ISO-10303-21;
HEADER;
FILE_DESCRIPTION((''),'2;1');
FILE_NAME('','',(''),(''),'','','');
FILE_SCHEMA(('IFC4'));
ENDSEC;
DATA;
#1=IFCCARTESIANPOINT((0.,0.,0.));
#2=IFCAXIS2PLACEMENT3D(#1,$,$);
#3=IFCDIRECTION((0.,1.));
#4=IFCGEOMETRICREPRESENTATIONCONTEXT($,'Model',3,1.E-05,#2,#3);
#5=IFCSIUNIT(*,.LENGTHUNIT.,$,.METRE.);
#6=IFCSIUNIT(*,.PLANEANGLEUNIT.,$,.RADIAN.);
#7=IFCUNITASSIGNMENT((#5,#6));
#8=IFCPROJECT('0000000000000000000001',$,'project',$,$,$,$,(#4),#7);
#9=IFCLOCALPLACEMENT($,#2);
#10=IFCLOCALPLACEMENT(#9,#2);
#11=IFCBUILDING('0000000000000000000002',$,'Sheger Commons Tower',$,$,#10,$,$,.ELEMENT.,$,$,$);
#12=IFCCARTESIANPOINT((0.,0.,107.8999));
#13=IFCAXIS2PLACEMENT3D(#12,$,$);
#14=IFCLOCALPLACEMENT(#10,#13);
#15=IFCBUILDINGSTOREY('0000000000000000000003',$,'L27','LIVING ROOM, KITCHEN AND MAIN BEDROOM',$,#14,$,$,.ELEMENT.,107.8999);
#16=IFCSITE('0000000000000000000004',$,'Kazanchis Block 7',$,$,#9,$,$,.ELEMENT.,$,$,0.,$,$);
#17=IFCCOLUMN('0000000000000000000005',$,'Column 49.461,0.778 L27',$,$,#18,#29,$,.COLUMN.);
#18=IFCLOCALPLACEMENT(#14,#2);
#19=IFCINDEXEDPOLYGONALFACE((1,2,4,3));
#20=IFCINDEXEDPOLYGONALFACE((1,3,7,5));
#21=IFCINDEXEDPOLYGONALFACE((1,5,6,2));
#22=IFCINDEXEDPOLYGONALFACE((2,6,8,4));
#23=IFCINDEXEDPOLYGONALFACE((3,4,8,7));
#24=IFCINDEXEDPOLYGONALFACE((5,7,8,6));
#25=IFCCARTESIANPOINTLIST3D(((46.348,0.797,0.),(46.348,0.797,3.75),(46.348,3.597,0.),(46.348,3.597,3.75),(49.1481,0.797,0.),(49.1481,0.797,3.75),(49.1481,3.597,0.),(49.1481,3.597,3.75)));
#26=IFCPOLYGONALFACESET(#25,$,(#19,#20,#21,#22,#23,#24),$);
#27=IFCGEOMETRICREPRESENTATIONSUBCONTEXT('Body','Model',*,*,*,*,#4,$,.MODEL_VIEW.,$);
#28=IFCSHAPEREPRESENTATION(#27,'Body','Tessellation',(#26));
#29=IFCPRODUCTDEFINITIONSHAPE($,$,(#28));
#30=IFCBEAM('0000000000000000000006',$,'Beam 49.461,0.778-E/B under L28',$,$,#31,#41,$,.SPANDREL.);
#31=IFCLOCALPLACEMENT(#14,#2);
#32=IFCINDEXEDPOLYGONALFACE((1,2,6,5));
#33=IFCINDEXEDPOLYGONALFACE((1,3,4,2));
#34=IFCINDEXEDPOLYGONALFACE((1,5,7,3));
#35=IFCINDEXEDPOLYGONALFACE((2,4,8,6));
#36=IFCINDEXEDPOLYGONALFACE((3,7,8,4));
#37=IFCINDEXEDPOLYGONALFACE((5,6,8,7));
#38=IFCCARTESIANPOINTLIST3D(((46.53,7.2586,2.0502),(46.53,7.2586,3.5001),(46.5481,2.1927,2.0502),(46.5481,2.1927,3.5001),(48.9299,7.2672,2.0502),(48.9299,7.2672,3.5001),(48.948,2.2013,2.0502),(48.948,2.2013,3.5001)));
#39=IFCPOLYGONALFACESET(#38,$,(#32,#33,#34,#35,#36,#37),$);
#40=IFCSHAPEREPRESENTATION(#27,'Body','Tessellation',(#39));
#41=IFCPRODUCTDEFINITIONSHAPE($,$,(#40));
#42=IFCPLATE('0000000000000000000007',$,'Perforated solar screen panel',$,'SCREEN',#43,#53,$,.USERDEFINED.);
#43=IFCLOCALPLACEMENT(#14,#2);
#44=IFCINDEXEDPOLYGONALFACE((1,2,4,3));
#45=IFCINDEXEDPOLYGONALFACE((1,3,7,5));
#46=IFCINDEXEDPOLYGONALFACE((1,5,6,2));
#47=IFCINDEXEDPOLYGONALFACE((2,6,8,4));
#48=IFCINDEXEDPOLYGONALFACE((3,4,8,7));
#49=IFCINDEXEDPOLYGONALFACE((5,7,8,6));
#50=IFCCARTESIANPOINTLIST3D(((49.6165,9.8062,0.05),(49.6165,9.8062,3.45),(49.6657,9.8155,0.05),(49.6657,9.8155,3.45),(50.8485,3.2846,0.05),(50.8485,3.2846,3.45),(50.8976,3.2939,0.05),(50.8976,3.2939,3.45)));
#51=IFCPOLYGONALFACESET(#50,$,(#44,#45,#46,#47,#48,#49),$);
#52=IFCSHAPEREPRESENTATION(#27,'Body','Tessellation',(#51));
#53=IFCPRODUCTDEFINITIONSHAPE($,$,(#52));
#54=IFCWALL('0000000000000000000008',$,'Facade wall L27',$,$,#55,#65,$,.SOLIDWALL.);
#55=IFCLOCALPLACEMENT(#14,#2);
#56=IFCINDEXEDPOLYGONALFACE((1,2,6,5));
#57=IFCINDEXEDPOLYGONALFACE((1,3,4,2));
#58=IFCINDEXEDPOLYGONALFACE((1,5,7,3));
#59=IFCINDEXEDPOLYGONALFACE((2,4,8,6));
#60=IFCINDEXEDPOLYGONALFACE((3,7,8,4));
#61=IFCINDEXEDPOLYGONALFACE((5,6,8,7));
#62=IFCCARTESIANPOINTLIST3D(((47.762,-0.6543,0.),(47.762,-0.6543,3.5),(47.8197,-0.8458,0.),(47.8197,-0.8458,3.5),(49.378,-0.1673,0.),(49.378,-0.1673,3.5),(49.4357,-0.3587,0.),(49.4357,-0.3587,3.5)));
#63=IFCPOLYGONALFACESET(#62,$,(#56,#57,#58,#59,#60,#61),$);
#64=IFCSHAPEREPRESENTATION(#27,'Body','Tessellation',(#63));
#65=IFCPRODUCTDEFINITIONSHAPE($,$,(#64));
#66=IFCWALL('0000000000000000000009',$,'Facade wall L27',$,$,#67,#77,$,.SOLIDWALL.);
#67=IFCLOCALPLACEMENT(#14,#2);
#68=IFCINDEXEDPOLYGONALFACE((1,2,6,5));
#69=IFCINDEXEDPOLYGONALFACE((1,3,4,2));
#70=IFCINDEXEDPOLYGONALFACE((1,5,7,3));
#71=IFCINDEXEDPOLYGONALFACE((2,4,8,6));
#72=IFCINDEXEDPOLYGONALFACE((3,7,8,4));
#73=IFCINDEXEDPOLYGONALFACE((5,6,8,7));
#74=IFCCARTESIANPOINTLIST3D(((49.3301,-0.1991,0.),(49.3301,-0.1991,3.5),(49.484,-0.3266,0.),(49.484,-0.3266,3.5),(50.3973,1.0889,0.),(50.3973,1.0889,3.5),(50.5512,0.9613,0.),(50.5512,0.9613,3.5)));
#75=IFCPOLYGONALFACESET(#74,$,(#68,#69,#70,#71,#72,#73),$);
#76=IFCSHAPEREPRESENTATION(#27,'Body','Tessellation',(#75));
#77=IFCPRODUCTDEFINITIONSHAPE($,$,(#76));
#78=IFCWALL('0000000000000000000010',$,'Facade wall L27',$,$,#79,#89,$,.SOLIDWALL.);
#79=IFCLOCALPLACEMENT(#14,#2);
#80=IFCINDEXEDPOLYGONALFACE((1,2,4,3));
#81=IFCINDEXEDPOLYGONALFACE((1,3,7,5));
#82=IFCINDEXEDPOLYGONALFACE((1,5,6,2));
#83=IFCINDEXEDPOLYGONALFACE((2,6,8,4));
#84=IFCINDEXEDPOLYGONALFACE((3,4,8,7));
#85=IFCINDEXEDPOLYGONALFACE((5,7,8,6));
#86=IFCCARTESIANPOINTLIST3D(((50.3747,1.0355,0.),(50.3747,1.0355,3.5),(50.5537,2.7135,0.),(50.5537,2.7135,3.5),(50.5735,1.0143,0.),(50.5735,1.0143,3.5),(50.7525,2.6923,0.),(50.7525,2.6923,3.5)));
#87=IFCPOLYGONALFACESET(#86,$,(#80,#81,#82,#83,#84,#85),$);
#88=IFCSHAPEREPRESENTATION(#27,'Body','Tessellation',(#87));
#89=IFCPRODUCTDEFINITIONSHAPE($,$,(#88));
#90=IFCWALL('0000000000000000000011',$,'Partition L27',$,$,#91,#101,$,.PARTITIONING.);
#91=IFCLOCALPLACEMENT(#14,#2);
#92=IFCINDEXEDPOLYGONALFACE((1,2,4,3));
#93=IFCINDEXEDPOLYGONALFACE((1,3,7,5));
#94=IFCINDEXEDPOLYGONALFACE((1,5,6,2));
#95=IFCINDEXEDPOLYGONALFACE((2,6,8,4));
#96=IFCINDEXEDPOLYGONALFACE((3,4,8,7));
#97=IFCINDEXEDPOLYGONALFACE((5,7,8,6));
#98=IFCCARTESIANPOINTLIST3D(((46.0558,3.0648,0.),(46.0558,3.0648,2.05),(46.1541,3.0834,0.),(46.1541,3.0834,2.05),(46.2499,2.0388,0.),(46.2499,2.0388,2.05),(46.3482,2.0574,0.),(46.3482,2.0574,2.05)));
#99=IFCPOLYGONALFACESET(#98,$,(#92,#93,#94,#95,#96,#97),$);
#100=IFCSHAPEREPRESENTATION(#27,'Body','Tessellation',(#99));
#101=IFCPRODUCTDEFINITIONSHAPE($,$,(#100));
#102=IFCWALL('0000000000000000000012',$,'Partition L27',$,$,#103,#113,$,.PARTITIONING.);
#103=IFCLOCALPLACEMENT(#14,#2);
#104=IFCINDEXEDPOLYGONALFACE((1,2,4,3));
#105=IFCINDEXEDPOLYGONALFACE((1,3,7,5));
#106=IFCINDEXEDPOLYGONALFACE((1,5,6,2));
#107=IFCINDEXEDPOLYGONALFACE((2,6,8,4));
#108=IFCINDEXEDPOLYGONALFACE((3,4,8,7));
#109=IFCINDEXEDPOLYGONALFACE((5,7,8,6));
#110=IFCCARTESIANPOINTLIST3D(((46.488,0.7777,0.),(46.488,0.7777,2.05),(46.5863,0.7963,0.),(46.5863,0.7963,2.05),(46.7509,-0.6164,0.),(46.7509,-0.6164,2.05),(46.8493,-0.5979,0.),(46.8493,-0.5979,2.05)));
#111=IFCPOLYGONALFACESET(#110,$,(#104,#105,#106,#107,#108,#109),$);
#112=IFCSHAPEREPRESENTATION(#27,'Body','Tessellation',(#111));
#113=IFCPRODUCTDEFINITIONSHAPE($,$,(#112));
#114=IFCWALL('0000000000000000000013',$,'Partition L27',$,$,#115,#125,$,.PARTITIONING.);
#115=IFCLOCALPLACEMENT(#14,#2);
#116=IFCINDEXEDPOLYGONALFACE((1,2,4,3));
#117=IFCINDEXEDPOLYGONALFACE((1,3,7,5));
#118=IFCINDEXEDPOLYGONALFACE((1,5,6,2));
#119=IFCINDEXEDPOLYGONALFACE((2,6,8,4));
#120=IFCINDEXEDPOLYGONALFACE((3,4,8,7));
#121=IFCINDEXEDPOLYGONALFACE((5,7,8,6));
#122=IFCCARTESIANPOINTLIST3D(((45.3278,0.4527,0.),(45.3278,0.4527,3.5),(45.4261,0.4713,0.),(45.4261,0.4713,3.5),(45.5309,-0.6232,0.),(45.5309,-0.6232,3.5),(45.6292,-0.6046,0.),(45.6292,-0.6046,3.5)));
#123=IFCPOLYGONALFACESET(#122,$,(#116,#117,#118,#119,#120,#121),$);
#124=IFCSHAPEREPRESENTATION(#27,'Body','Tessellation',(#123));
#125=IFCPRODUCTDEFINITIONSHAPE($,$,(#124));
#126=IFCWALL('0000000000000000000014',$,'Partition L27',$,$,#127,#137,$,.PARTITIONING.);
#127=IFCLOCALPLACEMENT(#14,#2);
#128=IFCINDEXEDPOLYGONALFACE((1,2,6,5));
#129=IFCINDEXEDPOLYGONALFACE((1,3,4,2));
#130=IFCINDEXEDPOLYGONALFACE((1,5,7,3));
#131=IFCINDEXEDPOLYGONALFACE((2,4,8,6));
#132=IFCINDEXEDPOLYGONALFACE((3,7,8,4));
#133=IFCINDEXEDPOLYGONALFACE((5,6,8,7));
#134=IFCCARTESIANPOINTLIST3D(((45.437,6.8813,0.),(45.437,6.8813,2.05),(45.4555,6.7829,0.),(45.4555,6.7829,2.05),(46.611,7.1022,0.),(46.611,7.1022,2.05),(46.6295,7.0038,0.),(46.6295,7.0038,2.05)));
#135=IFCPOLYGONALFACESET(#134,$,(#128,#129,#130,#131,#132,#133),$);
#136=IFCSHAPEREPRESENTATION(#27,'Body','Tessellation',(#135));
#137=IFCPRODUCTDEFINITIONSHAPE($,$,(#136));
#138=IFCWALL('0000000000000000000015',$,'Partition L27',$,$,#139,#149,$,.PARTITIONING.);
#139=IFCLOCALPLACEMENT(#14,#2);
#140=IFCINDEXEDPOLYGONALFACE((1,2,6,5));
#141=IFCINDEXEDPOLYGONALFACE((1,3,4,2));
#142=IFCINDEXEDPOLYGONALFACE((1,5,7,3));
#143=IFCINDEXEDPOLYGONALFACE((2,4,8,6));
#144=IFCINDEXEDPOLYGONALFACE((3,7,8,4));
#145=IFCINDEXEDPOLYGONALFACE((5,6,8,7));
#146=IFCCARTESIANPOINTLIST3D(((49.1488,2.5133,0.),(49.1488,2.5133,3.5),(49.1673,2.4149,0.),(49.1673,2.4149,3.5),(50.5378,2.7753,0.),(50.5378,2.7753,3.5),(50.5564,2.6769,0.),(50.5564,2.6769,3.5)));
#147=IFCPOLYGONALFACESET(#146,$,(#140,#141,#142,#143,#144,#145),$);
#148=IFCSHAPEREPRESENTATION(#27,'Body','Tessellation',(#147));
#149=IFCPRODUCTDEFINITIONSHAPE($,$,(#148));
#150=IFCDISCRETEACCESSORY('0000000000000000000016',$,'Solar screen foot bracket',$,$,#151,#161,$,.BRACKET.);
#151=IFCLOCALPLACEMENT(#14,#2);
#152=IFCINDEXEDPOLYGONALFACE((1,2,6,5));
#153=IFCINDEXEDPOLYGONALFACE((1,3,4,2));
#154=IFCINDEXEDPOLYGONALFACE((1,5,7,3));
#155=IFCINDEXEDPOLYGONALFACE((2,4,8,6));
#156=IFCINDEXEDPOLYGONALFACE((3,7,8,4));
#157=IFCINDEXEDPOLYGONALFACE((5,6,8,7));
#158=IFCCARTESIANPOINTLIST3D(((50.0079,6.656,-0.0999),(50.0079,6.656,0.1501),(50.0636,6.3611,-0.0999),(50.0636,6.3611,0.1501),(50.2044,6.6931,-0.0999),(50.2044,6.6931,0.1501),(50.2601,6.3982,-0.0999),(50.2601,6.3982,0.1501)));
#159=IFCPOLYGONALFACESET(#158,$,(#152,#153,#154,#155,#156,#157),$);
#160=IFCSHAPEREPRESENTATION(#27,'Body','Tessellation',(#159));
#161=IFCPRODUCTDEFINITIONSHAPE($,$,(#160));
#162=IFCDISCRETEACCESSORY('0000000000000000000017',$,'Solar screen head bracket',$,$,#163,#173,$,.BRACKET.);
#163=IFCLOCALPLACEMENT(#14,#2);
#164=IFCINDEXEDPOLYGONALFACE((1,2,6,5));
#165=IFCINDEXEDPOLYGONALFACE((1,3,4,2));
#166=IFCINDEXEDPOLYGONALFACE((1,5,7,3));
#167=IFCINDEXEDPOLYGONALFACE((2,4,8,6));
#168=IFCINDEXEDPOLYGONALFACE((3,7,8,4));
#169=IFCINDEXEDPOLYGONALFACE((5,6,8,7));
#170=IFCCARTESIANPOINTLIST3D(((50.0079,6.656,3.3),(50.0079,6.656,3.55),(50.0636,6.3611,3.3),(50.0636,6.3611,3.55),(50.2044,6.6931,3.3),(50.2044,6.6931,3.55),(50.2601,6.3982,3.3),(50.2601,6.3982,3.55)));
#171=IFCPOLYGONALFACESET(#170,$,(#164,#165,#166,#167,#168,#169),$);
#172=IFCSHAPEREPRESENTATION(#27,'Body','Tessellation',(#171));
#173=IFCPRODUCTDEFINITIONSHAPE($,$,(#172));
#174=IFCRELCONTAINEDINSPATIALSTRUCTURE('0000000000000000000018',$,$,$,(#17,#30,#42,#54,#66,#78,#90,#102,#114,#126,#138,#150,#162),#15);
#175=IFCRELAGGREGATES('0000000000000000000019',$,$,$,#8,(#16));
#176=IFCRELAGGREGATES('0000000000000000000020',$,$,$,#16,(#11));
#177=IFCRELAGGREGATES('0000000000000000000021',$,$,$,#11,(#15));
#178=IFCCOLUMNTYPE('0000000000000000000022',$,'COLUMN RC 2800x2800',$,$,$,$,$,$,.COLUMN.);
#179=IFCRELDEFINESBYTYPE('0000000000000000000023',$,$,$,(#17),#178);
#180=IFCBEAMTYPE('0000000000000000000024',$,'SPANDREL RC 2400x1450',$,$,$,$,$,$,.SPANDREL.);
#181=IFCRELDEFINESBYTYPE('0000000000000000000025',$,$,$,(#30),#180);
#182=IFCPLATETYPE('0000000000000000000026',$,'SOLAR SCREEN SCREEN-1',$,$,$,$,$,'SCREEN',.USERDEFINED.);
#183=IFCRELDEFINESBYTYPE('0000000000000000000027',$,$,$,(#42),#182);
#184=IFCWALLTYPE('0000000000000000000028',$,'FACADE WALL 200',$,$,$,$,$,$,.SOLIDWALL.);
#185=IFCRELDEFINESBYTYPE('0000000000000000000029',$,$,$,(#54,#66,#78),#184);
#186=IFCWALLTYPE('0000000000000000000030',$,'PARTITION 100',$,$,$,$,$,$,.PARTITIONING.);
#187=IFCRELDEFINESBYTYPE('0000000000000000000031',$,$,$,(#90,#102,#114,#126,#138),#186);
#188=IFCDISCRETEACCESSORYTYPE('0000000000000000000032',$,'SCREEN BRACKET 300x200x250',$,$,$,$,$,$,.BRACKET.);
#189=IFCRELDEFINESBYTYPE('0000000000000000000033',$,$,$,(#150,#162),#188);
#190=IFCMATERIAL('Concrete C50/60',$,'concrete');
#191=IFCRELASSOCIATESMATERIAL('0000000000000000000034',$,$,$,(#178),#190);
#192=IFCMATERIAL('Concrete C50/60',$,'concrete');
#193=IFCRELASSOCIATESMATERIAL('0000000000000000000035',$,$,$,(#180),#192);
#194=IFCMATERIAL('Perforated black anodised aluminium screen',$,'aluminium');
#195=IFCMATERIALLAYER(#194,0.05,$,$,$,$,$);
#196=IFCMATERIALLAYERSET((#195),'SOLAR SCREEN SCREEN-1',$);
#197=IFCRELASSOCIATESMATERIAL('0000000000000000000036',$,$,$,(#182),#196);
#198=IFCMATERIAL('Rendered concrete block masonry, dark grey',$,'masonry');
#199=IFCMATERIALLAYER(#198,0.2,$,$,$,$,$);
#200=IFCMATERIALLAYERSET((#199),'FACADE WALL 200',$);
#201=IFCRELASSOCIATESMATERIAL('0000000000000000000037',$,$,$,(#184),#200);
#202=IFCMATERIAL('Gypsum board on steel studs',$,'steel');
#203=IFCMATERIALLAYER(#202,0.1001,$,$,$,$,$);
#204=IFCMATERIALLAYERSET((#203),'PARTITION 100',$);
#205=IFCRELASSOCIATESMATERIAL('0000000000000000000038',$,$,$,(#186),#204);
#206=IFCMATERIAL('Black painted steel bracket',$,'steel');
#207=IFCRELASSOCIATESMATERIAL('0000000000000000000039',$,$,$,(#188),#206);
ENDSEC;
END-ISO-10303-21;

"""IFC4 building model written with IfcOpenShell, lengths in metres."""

from ifc_helpers import new_model, si_unit, direction, frame, frame_2d, origin, origin_2d, place, context, subcontext, project, spatial, rectangle, extrude, material, layer, layer_set, material_profile, profile_set, type_object, element, save


model = new_model("IFC4")

# Units and contexts
model_context = context("Model", 3, precision=1e-05, world=origin(), true_north=direction((0.0, 1.0)))
body_context = subcontext(model_context, "Body", "Model", "MODEL_VIEW")
ifc_project = project(units=[si_unit("LENGTHUNIT", "METRE"), si_unit("PLANEANGLEUNIT", "RADIAN")], contexts=[model_context])

# Site, building, storey
site_placement = place(None, origin())
site = spatial("IfcSite", under=ifc_project, at=site_placement, Name="Kazanchis Block 7", CompositionType="ELEMENT", RefElevation=0.0)
building_placement = place(site_placement, origin())
building = spatial("IfcBuilding", under=site, at=building_placement, Name="Sheger Commons Tower", CompositionType="ELEMENT")
storey_placement = place(building_placement, frame((0.0, 0.0, 107.8999)))
storey = spatial("IfcBuildingStorey", under=building, at=storey_placement, Name="L27", Description="LIVING ROOM, KITCHEN AND MAIN BEDROOM", CompositionType="ELEMENT", Elevation=107.8999)

# Column
ifc_material_1 = material(Name="Concrete C50/60", Category="concrete")
ifc_material_profile_1 = material_profile(ifc_material_1, rectangle(XDim=2.8, YDim=2.8, at=origin_2d()), Name="RC 2800x2800")
ifc_profile_set_1 = profile_set([ifc_material_profile_1], Name="Concrete C50/60")
column_type = type_object("IfcColumnType", Name="COLUMN RC 2800x2800", PredefinedType="COLUMN", material=ifc_profile_set_1)
column_placement = place(storey_placement, frame((47.748, 2.197, 0.0), z_axis=(0.0, 0.0, 1.0), x_axis=(1.0, 0.0, 0.0)))
element("IfcColumn", 1, at=column_placement, inside=storey, type_object=column_type, Name="Column 49.461,0.778 L27", PredefinedType="COLUMN", context=body_context, shape_type="SweptSolid", body=[
    extrude(rectangle(XDim=2.8, YDim=2.8, at=origin_2d()), origin(), (0.0, 0.0, 1.0), 3.75),
])

# Beam
ifc_material_2 = material(Name="Concrete C50/60", Category="concrete")
ifc_material_profile_2 = material_profile(ifc_material_2, rectangle(XDim=2.3999, YDim=1.45, at=origin_2d()), Name="RC 2400x1450")
ifc_profile_set_2 = profile_set([ifc_material_profile_2], Name="Concrete C50/60")
beam_type = type_object("IfcBeamType", Name="SPANDREL RC 2400x1450", PredefinedType="SPANDREL", material=ifc_profile_set_2)
beam_placement = place(storey_placement, frame((47.748, 2.197, 2.7751), z_axis=(-0.003566, 0.999994, 0.0), x_axis=(-0.999994, -0.003566, 0.0)))
element("IfcBeam", 2, at=beam_placement, inside=storey, type_object=beam_type, Name="Beam 49.461,0.778-E/B under L28", PredefinedType="SPANDREL", context=body_context, shape_type="SweptSolid", body=[
    extrude(rectangle(XDim=2.3999, YDim=1.45, at=origin_2d()), origin(), (0.0, 0.0, 1.0), 5.0659),
])

# Plate
ifc_material_3 = material(Name="Perforated black anodised aluminium screen", Category="aluminium")
ifc_layer_1 = layer(ifc_material_3, 0.05)
ifc_layer_set_1 = layer_set([ifc_layer_1], Name="SOLAR SCREEN SCREEN-1")
plate_type = type_object("IfcPlateType", Name="SOLAR SCREEN SCREEN-1", ElementType="SCREEN", PredefinedType="USERDEFINED", material=ifc_layer_set_1)
plate_placement = place(storey_placement, frame((50.2571, 6.55, 0.05), z_axis=(0.0, 0.0, 1.0), x_axis=(-0.185615, 0.982623, 0.0)))
element("IfcPlate", 3, at=plate_placement, inside=storey, type_object=plate_type, Name="Perforated solar screen panel", ObjectType="SCREEN", PredefinedType="USERDEFINED", context=body_context, shape_type="SweptSolid", body=[
    extrude(rectangle(XDim=6.637, YDim=0.05, at=origin_2d()), origin(), (0.0, 0.0, 1.0), 3.3999),
])

# Walls
ifc_material_4 = material(Name="Rendered concrete block masonry, dark grey", Category="masonry")
ifc_layer_2 = layer(ifc_material_4, 0.2)
ifc_layer_set_2 = layer_set([ifc_layer_2], Name="FACADE WALL 200")
wall_type_1 = type_object("IfcWallType", Name="FACADE WALL 200", PredefinedType="SOLIDWALL", material=ifc_layer_set_2)
wall_1_placement = place(storey_placement, frame((47.791, -0.75, 0.0), z_axis=(0.0, 0.0, 1.0), x_axis=(0.957455, 0.288582, 0.0)))
element("IfcWall", 4, at=wall_1_placement, inside=storey, type_object=wall_type_1, Name="Facade wall L27", PredefinedType="SOLIDWALL", context=body_context, shape_type="SweptSolid", body=[
    extrude(rectangle(XDim=1.6877, YDim=0.2, at=frame_2d((0.8438, 0.0))), origin(), (0.0, 0.0, 1.0), 3.5),
])
wall_2_placement = place(storey_placement, frame((49.407, -0.2629, 0.0), z_axis=(0.0, 0.0, 1.0), x_axis=(0.638043, 0.770001, 0.0)))
element("IfcWall", 5, at=wall_2_placement, inside=storey, type_object=wall_type_1, Name="Facade wall L27", PredefinedType="SOLIDWALL", context=body_context, shape_type="SweptSolid", body=[
    extrude(rectangle(XDim=1.6726, YDim=0.2, at=frame_2d((0.8364, 0.0))), origin(), (0.0, 0.0, 1.0), 3.5),
])
wall_3_placement = place(storey_placement, frame((50.4741, 1.0249, 0.0), z_axis=(0.0, 0.0, 1.0), x_axis=(0.106048, 0.994361, 0.0)))
element("IfcWall", 6, at=wall_3_placement, inside=storey, type_object=wall_type_1, Name="Facade wall L27", PredefinedType="SOLIDWALL", context=body_context, shape_type="SweptSolid", body=[
    extrude(rectangle(XDim=1.6875, YDim=0.2, at=frame_2d((0.8438, 0.0))), origin(), (0.0, 0.0, 1.0), 3.5),
])

# Walls
ifc_material_5 = material(Name="Gypsum board on steel studs", Category="steel")
ifc_layer_3 = layer(ifc_material_5, 0.1001)
ifc_layer_set_3 = layer_set([ifc_layer_3], Name="PARTITION 100")
wall_type_2 = type_object("IfcWallType", Name="PARTITION 100", PredefinedType="PARTITIONING", material=ifc_layer_set_3)
wall_4_placement = place(storey_placement, frame((46.105, 3.074, 0.0), z_axis=(0.0, 0.0, 1.0), x_axis=(0.185898, -0.982569, 0.0)))
element("IfcWall", 7, at=wall_4_placement, inside=storey, type_object=wall_type_2, Name="Partition L27", PredefinedType="PARTITIONING", context=body_context, shape_type="SweptSolid", body=[
    extrude(rectangle(XDim=1.0442, YDim=0.1001, at=frame_2d((0.522, 0.0))), origin(), (0.0, 0.0, 1.0), 2.05),
])
wall_5_placement = place(storey_placement, frame((46.5371, 0.7871, 0.0), z_axis=(0.0, 0.0, 1.0), x_axis=(0.185348, -0.982673, 0.0)))
element("IfcWall", 8, at=wall_5_placement, inside=storey, type_object=wall_type_2, Name="Partition L27", PredefinedType="PARTITIONING", context=body_context, shape_type="SweptSolid", body=[
    extrude(rectangle(XDim=1.4187, YDim=0.1001, at=frame_2d((0.7095, 0.0))), origin(), (0.0, 0.0, 1.0), 2.05),
])
wall_6_placement = place(storey_placement, frame((45.377, 0.4619, 0.0), z_axis=(0.0, 0.0, 1.0), x_axis=(0.185513, -0.982642, 0.0)))
element("IfcWall", 9, at=wall_6_placement, inside=storey, type_object=wall_type_2, Name="Partition L27", PredefinedType="PARTITIONING", context=body_context, shape_type="SweptSolid", body=[
    extrude(rectangle(XDim=1.095, YDim=0.1001, at=frame_2d((0.5474, 0.0))), origin(), (0.0, 0.0, 1.0), 3.5),
])
wall_7_placement = place(storey_placement, frame((46.6201, 7.053, 0.0), z_axis=(0.0, 0.0, 1.0), x_axis=(-0.982749, -0.184942, 0.0)))
element("IfcWall", 10, at=wall_7_placement, inside=storey, type_object=wall_type_2, Name="Partition L27", PredefinedType="PARTITIONING", context=body_context, shape_type="SweptSolid", body=[
    extrude(rectangle(XDim=1.1946, YDim=0.1001, at=frame_2d((0.5972, 0.0))), origin(), (0.0, 0.0, 1.0), 2.05),
])
wall_8_placement = place(storey_placement, frame((50.5471, 2.7261, 0.0), z_axis=(0.0, 0.0, 1.0), x_axis=(-0.98268, -0.18531, 0.0)))
element("IfcWall", 11, at=wall_8_placement, inside=storey, type_object=wall_type_2, Name="Partition L27", PredefinedType="PARTITIONING", context=body_context, shape_type="SweptSolid", body=[
    extrude(rectangle(XDim=1.4136, YDim=0.1001, at=frame_2d((0.7068, 0.0))), origin(), (0.0, 0.0, 1.0), 3.5),
])

# Discrete accessories
ifc_material_6 = material(Name="Black painted steel bracket", Category="steel")
discrete_accessory_type = type_object("IfcDiscreteAccessoryType", Name="SCREEN BRACKET 300x200x250", PredefinedType="BRACKET", material=ifc_material_6)
for number, where, z_axis, x_axis, name in (
    (12, (50.134, 6.5271, -0.0999), (0.0, 0.0, 1.0), (-0.185615, 0.982623, 0.0), "Solar screen foot bracket"),
    (13, (50.134, 6.5271, 3.3), (0.0, 0.0, 1.0), (-0.185615, 0.982623, 0.0), "Solar screen head bracket"),
):
    element("IfcDiscreteAccessory", number, at=place(storey_placement, frame(where, z_axis=z_axis, x_axis=x_axis)), inside=storey, type_object=discrete_accessory_type, Name=name, PredefinedType="BRACKET", context=body_context, shape_type="SweptSolid", body=[
        extrude(rectangle(XDim=0.3, YDim=0.2, at=origin_2d()), origin(), (0.0, 0.0, 1.0), 0.25),
    ])

save(model, "model.ifc")
